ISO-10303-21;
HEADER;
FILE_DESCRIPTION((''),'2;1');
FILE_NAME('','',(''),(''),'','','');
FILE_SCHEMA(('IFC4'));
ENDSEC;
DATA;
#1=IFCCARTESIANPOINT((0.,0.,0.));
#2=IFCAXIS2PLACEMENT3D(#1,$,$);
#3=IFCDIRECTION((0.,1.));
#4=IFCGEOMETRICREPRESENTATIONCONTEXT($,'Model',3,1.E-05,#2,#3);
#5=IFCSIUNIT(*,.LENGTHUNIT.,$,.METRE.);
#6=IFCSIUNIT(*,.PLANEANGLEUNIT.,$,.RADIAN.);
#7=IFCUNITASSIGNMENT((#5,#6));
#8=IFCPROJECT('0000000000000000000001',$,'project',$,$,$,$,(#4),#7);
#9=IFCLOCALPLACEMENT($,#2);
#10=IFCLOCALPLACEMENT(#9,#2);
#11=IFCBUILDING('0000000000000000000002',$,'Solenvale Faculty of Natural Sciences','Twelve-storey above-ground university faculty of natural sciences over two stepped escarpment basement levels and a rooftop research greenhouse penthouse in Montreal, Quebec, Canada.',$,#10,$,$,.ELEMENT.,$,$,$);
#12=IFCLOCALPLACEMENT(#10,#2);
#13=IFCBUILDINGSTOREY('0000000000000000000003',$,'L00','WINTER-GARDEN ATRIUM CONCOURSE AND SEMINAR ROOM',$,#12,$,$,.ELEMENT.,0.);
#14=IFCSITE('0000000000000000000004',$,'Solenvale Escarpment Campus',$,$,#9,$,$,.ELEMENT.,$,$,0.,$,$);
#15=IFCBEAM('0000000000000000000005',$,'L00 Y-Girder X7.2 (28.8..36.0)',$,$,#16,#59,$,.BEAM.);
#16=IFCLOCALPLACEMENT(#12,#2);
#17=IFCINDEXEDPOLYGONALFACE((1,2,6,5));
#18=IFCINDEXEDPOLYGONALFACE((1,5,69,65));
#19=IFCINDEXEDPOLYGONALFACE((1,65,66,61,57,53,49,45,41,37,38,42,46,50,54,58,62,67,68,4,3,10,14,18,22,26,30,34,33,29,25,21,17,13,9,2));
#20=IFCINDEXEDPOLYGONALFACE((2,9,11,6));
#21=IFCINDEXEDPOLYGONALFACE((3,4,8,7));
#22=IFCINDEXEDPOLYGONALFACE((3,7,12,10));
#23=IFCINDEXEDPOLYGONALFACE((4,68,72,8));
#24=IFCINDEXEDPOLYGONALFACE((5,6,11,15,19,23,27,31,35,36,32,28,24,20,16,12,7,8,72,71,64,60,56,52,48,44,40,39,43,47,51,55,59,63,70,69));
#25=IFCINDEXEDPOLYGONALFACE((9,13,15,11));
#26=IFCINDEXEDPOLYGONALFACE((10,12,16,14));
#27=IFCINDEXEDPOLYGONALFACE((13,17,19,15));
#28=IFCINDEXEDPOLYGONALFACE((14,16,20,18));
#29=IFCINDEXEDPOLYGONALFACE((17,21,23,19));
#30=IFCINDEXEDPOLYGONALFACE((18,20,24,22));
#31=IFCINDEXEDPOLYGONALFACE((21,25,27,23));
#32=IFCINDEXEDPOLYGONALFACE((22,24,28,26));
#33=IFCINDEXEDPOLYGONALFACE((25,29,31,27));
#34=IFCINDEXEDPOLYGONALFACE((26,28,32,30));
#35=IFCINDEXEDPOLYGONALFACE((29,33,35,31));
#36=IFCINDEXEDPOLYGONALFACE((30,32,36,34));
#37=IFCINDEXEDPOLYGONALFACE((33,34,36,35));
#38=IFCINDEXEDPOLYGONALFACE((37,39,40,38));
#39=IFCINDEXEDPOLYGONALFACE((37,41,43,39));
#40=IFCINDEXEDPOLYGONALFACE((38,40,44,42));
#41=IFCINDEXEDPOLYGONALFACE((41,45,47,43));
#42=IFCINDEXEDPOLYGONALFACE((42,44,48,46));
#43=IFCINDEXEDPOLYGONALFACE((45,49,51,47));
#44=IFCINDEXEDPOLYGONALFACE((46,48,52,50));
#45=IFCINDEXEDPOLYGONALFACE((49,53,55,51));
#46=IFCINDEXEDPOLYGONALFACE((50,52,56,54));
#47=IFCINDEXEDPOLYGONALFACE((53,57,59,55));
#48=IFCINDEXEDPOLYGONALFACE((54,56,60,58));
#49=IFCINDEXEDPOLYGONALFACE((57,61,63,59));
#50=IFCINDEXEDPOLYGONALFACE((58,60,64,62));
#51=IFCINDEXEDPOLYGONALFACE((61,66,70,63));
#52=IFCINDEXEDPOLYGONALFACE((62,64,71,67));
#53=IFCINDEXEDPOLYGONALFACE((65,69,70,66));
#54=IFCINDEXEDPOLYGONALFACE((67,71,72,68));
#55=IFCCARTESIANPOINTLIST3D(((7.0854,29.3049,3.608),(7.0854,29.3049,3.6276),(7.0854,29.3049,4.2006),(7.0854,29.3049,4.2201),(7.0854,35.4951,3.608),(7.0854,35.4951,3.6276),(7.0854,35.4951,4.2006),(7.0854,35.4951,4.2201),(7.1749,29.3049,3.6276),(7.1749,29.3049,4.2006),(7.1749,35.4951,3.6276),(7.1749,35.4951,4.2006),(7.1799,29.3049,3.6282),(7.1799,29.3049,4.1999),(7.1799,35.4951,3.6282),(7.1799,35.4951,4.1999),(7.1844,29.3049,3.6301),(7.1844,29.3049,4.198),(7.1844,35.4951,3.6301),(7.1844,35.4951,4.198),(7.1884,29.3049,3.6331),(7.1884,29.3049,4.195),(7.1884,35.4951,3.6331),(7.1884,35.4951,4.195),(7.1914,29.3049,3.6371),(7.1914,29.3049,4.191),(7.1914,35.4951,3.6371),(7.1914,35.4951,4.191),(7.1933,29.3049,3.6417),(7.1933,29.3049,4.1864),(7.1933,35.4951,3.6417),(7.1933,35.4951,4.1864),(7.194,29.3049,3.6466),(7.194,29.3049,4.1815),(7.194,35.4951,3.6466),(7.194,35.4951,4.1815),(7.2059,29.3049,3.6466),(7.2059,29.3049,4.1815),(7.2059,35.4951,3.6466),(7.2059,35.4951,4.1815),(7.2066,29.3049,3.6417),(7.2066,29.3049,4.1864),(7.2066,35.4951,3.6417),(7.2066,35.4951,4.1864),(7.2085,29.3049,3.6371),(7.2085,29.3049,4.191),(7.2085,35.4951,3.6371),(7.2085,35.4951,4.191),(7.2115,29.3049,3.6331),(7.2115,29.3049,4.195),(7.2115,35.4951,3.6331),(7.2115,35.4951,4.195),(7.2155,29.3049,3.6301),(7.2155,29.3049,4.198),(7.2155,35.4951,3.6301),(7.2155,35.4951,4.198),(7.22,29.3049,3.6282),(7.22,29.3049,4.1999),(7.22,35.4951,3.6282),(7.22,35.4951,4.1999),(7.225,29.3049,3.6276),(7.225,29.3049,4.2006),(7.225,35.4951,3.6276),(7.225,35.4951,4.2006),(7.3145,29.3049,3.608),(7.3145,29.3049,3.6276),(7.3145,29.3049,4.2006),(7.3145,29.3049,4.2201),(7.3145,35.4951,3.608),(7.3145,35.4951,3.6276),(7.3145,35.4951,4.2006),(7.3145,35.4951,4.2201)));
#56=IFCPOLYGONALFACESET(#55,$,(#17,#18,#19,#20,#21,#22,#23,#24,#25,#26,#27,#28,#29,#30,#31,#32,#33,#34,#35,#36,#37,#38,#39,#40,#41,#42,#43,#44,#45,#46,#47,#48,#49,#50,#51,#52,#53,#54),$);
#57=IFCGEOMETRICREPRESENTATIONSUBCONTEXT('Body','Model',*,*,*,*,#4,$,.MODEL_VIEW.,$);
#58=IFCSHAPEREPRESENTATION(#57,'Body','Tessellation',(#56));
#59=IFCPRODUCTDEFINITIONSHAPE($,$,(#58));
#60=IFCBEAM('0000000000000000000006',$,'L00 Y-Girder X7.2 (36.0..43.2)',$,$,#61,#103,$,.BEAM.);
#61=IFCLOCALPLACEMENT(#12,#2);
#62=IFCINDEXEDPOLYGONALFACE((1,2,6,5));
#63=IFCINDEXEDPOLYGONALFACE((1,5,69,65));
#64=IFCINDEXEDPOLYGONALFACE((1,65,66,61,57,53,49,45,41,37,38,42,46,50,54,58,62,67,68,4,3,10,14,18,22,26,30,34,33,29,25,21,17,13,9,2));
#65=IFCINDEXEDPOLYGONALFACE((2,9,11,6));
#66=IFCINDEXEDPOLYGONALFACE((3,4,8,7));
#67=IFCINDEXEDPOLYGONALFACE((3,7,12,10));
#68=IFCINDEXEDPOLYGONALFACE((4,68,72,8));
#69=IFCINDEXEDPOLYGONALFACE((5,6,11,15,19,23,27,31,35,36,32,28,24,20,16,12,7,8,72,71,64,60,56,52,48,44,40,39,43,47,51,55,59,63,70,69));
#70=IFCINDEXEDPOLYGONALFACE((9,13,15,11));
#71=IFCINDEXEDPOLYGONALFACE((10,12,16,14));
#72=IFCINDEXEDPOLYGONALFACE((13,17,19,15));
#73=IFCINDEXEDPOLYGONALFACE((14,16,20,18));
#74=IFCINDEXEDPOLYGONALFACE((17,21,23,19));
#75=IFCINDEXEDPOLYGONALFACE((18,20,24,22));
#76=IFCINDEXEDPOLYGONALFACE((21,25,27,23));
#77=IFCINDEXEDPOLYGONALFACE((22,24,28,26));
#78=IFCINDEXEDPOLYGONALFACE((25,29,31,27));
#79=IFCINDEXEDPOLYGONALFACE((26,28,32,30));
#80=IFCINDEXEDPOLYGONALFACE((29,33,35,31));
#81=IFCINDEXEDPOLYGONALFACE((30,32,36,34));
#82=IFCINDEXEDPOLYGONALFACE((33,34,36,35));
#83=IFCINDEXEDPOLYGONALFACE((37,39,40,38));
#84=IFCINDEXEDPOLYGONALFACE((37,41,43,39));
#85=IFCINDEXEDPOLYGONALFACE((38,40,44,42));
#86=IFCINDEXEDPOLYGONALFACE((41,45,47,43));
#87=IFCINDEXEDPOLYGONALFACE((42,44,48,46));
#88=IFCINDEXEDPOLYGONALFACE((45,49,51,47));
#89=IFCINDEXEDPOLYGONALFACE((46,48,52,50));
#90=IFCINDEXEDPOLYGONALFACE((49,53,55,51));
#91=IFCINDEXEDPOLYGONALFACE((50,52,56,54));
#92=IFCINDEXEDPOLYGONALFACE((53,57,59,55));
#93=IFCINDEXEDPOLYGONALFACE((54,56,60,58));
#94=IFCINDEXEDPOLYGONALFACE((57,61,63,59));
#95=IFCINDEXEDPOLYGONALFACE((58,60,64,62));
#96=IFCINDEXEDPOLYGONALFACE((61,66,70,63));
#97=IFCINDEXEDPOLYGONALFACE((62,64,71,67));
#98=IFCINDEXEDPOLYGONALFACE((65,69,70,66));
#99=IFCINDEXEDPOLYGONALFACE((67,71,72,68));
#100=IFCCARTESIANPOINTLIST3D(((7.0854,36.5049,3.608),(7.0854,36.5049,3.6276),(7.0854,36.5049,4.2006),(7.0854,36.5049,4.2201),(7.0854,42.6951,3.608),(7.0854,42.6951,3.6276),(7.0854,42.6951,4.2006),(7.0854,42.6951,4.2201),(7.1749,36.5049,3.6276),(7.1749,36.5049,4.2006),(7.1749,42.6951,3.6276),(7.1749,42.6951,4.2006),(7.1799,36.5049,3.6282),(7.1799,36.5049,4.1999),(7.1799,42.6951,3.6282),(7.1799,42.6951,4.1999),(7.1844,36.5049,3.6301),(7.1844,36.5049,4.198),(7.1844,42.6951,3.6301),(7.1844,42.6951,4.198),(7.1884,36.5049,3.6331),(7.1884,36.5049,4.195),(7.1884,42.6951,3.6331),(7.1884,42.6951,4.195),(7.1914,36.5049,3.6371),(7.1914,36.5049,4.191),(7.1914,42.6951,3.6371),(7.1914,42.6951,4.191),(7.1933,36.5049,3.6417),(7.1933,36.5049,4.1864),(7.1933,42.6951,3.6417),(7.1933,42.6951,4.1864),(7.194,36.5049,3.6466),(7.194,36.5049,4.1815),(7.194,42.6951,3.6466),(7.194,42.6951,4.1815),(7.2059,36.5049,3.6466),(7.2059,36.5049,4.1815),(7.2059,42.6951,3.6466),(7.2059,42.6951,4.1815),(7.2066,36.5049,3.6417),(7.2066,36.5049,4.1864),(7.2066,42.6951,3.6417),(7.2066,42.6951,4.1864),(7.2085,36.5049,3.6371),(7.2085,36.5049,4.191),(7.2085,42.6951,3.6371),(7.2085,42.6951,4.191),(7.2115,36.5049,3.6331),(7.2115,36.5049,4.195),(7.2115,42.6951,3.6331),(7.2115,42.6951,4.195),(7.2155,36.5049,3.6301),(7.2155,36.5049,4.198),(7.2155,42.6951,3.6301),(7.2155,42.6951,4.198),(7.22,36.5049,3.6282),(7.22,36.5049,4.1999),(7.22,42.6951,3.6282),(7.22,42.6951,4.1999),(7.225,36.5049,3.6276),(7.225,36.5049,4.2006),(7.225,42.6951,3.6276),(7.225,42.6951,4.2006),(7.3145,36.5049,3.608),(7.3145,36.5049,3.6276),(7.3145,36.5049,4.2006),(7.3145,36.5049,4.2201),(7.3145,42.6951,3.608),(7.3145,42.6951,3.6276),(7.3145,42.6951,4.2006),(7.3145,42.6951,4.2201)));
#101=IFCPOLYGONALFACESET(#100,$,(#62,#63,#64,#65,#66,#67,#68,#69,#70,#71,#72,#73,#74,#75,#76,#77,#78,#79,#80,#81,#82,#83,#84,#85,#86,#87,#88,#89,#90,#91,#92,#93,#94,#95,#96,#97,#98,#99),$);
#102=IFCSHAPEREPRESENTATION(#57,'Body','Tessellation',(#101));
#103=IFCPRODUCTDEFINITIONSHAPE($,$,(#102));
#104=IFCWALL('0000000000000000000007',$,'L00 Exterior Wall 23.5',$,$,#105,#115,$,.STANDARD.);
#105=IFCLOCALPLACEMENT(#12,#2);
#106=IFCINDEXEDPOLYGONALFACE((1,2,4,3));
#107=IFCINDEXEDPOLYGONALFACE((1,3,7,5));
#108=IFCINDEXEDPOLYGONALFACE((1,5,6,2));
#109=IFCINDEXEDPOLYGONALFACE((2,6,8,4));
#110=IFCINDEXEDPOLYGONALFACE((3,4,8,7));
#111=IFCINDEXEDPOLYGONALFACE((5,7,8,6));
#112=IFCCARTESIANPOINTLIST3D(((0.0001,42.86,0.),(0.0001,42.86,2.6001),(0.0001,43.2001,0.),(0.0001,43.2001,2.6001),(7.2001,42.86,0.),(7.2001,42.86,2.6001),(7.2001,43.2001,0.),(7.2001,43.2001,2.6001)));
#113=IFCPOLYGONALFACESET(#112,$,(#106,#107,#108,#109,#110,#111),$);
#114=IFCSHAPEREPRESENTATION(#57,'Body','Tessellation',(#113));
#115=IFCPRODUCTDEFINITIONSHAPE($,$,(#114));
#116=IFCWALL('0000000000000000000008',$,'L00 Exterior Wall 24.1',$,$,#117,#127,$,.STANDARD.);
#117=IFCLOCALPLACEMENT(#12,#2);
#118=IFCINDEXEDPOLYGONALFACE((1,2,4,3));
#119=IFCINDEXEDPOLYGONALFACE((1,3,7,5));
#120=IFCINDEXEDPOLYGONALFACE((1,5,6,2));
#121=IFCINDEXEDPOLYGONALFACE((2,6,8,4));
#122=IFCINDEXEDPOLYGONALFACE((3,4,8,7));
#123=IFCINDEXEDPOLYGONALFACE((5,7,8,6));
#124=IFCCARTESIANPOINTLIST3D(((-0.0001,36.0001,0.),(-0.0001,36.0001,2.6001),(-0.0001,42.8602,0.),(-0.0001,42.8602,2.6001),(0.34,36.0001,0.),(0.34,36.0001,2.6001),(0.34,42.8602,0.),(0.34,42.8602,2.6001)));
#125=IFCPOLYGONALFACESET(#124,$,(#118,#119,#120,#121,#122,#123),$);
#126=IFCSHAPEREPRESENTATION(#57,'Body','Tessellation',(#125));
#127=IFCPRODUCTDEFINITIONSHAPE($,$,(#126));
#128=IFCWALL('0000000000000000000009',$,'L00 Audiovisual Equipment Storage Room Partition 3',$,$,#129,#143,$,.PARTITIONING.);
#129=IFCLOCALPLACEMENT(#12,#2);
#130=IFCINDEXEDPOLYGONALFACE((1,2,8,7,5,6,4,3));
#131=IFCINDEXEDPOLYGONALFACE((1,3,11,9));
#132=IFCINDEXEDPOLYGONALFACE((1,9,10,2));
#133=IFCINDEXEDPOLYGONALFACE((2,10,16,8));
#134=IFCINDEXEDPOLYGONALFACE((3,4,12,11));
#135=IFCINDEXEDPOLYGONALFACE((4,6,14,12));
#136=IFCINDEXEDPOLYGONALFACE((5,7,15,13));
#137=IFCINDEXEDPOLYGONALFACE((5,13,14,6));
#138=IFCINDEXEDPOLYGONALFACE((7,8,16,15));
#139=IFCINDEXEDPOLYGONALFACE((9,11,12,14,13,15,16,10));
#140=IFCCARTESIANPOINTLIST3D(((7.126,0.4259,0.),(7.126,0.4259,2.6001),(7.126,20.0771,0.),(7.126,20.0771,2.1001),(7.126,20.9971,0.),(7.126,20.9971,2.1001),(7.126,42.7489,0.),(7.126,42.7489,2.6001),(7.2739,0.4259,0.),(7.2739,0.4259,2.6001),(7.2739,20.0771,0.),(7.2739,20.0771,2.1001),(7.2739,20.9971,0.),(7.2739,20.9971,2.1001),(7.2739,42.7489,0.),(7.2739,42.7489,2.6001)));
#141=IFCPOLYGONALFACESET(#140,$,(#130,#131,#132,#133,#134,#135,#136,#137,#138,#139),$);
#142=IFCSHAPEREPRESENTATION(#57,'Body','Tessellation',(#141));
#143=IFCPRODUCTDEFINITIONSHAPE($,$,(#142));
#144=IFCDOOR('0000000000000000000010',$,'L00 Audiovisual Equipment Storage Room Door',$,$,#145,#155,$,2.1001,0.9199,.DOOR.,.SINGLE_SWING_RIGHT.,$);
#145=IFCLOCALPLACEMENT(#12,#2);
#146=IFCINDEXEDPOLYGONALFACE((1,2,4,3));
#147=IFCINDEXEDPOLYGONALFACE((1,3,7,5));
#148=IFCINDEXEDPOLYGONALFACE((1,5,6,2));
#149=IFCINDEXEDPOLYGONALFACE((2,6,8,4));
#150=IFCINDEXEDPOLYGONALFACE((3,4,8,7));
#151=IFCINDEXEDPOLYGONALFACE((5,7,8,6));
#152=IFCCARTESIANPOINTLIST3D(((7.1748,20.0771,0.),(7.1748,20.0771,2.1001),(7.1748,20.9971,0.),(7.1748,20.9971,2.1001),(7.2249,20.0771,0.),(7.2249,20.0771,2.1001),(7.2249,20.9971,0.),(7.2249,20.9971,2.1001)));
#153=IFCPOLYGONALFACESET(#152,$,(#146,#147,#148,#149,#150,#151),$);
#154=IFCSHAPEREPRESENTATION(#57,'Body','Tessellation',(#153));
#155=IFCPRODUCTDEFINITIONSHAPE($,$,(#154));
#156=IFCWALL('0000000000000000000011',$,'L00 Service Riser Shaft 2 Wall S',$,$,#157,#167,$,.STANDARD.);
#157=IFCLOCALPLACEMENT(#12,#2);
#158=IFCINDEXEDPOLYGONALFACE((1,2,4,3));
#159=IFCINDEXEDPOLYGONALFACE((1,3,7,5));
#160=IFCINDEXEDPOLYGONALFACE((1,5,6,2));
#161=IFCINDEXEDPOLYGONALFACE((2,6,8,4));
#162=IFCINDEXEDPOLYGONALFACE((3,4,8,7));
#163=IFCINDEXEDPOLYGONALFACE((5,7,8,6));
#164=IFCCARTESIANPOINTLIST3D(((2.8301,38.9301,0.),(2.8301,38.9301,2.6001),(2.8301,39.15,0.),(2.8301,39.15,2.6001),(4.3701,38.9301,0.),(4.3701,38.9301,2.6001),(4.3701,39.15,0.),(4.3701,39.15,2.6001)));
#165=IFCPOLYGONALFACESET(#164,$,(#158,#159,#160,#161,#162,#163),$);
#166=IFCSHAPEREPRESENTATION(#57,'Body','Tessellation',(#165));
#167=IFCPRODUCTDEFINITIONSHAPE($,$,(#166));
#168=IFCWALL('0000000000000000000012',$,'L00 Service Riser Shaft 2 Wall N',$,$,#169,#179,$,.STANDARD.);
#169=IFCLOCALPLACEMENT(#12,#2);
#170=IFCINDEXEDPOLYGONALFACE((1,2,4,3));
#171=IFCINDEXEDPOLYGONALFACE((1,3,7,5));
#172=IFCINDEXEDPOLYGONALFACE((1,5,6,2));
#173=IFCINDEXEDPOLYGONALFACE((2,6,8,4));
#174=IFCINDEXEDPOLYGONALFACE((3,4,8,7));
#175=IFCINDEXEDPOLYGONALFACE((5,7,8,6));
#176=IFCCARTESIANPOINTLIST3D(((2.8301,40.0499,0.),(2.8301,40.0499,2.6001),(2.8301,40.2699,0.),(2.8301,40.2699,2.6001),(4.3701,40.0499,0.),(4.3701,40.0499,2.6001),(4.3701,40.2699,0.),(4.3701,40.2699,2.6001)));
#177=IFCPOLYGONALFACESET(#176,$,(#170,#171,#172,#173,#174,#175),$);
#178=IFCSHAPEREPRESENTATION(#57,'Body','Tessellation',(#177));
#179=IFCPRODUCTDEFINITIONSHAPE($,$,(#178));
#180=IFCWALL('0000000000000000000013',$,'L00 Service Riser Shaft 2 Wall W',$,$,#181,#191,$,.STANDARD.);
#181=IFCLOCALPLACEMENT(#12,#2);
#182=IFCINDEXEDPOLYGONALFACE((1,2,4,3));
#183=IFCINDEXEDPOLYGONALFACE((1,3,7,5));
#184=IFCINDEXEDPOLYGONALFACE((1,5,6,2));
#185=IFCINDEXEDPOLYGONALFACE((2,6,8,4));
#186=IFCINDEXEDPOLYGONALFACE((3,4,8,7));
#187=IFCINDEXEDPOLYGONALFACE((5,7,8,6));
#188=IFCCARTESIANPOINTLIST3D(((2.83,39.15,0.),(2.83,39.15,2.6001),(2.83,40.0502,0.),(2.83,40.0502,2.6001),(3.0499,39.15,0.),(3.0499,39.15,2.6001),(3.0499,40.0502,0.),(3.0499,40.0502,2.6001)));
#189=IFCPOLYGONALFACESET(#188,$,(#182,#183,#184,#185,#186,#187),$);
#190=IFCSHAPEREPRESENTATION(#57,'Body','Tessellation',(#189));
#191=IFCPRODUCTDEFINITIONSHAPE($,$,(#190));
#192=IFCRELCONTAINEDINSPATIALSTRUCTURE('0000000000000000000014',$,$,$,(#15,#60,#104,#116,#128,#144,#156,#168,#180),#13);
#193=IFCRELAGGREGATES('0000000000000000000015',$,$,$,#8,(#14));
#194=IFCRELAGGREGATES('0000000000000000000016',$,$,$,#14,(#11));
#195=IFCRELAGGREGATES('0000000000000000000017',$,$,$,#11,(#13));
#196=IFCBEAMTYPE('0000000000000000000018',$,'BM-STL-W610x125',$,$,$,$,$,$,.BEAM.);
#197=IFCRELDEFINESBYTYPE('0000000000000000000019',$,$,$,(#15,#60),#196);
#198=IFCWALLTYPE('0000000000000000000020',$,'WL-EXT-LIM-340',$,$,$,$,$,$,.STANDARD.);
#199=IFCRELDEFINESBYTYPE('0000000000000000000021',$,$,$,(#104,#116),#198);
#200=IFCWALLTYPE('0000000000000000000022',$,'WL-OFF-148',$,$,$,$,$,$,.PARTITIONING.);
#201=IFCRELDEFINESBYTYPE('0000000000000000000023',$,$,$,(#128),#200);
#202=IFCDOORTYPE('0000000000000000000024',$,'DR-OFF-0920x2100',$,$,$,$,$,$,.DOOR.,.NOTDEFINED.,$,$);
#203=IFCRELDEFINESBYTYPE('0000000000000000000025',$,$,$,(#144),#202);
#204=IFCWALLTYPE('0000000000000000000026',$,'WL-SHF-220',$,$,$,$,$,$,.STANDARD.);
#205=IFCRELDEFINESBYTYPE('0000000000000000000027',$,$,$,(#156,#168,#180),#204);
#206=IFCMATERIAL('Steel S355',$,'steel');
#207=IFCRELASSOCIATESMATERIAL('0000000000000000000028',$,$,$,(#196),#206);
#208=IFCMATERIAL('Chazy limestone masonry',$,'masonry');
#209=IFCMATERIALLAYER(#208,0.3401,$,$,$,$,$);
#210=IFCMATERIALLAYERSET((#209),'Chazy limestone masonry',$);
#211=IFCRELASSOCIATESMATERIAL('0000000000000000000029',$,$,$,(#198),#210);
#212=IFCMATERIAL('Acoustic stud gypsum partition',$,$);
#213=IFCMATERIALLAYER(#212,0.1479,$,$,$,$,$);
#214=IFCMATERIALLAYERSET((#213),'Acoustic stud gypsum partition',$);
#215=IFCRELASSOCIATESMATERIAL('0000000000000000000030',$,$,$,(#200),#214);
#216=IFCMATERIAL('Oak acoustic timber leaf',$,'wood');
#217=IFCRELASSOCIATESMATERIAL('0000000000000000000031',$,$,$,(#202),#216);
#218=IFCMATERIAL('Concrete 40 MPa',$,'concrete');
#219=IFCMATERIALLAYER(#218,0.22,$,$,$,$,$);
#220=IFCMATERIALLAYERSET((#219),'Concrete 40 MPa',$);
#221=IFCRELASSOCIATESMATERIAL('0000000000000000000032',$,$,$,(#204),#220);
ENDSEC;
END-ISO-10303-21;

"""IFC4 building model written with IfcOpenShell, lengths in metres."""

from ifc_helpers import new_model, si_unit, direction, frame, frame_2d, origin, origin_2d, place, context, subcontext, project, spatial, rectangle, i_section, extrude, material, layer, layer_set, material_profile, profile_set, type_object, element, fill, save


model = new_model("IFC4")

# Units and contexts
model_context = context("Model", 3, precision=1e-05, world=origin(), true_north=direction((0.0, 1.0)))
body_context = subcontext(model_context, "Body", "Model", "MODEL_VIEW")
ifc_project = project(units=[si_unit("LENGTHUNIT", "METRE"), si_unit("PLANEANGLEUNIT", "RADIAN")], contexts=[model_context])

# Site, building, storey
site_placement = place(None, origin())
site = spatial("IfcSite", under=ifc_project, at=site_placement, Name="Solenvale Escarpment Campus", CompositionType="ELEMENT", RefElevation=0.0)
building_placement = place(site_placement, origin())
building = spatial("IfcBuilding", under=site, at=building_placement, Name="Solenvale Faculty of Natural Sciences", Description="Twelve-storey above-ground university faculty of natural sciences over two stepped escarpment basement levels and a rooftop research greenhouse penthouse in Montreal, Quebec, Canada.", CompositionType="ELEMENT")
storey_placement = place(building_placement, origin())
storey = spatial("IfcBuildingStorey", under=building, at=storey_placement, Name="L00", Description="WINTER-GARDEN ATRIUM CONCOURSE AND SEMINAR ROOM", CompositionType="ELEMENT", Elevation=0.0)

# Beams
ifc_material_1 = material(Name="Concrete 40 MPa", Category="concrete")
ifc_material_2 = material(Name="Steel S355", Category="steel")
ifc_material_profile_1 = material_profile(ifc_material_2, i_section(OverallWidth=0.229, OverallDepth=0.6121, WebThickness=0.012, FlangeThickness=0.0195, FilletRadius=0.019, at=origin_2d()), Name="W610x125")
ifc_profile_set_1 = profile_set([ifc_material_profile_1], Name="Steel S355")
beam_type_1 = type_object("IfcBeamType", Name="BM-STL-W610x125", PredefinedType="BEAM", material=ifc_profile_set_1)
for number, where, z_axis, x_axis, name in (
    (1, (7.2, 29.3049, 3.9141), (0.0, 1.0, 0.0), (-1.0, 0.0, 0.0), "L00 Y-Girder X7.2 (28.8..36.0)"),
    (2, (7.2, 36.5049, 3.9141), (0.0, 1.0, 0.0), (-1.0, 0.0, 0.0), "L00 Y-Girder X7.2 (36.0..43.2)"),
):
    element("IfcBeam", number, at=place(storey_placement, frame(where, z_axis=z_axis, x_axis=x_axis)), inside=storey, type_object=beam_type_1, Name=name, PredefinedType="BEAM", context=body_context, shape_type="SweptSolid", body=[
        extrude(i_section(OverallWidth=0.229, OverallDepth=0.6121, WebThickness=0.012, FlangeThickness=0.0195, FilletRadius=0.019, at=origin_2d()), origin(), (0.0, 0.0, 1.0), 6.1902),
    ])

# Walls
ifc_material_3 = material(Name="Chazy limestone masonry", Category="masonry")
ifc_layer_1 = layer(ifc_material_3, 0.3401)
ifc_layer_set_1 = layer_set([ifc_layer_1], Name="Chazy limestone masonry")
wall_type_1 = type_object("IfcWallType", Name="WL-EXT-LIM-340", PredefinedType="STANDARD", material=ifc_layer_set_1)
wall_1_placement = place(storey_placement, frame((0.0, 43.03, 0.0), z_axis=(0.0, 0.0, 1.0), x_axis=(1.0, 0.0, 0.0)))
element("IfcWall", 3, at=wall_1_placement, inside=storey, type_object=wall_type_1, Name="L00 Exterior Wall 23.5", PredefinedType="STANDARD", context=body_context, shape_type="SweptSolid", body=[
    extrude(rectangle(XDim=7.2, YDim=0.3401, at=frame_2d((3.6001, 0.0))), origin(), (0.0, 0.0, 1.0), 2.6001),
])
wall_2_placement = place(storey_placement, frame((0.1699, 36.0, 0.0), z_axis=(0.0, 0.0, 1.0), x_axis=(0.0, 1.0, 0.0)))
element("IfcWall", 4, at=wall_2_placement, inside=storey, type_object=wall_type_1, Name="L00 Exterior Wall 24.1", PredefinedType="STANDARD", context=body_context, shape_type="SweptSolid", body=[
    extrude(rectangle(XDim=6.8601, YDim=0.3401, at=frame_2d((3.4302, 0.0))), origin(), (0.0, 0.0, 1.0), 2.6001),
])

# Wall, opening, door
ifc_material_4 = material(Name="Acoustic stud gypsum partition")
ifc_layer_2 = layer(ifc_material_4, 0.1479)
ifc_layer_set_2 = layer_set([ifc_layer_2], Name="Acoustic stud gypsum partition")
wall_type_2 = type_object("IfcWallType", Name="WL-OFF-148", PredefinedType="PARTITIONING", material=ifc_layer_set_2)
wall_3_placement = place(storey_placement, frame((7.2, 42.749, 0.0), z_axis=(0.0, 0.0, 1.0), x_axis=(0.0, -1.0, 0.0)))
wall_3 = element("IfcWall", 5, at=wall_3_placement, inside=storey, type_object=wall_type_2, Name="L00 Audiovisual Equipment Storage Room Partition 3", PredefinedType="PARTITIONING", context=body_context, shape_type="SweptSolid", body=[
    extrude(rectangle(XDim=42.323, YDim=0.1479, at=frame_2d((21.1616, 0.0))), origin(), (0.0, 0.0, 1.0), 2.6001),
])
opening_placement = place(wall_3_placement, frame((21.752, 0.0, 0.0)))
opening = element("IfcOpeningElement", 6, at=opening_placement, cuts=wall_3, PredefinedType="OPENING", context=body_context, shape_type="SweptSolid", body=[
    extrude(rectangle(XDim=0.9199, YDim=2.1001, at=frame_2d((0.46, 1.05))), frame((0.0, 0.084, 0.0), z_axis=(0.0, -1.0, 0.0), x_axis=(1.0, 0.0, 0.0)), (0.0, 0.0, 1.0), 0.168),
])
ifc_material_5 = material(Name="Oak acoustic timber leaf", Category="wood")
door_type = type_object("IfcDoorType", Name="DR-OFF-0920x2100", OperationType="NOTDEFINED", PredefinedType="DOOR", material=ifc_material_5)
door_placement = place(opening_placement, origin())
door = element("IfcDoor", 7, at=door_placement, inside=storey, type_object=door_type, Name="L00 Audiovisual Equipment Storage Room Door", OperationType="SINGLE_SWING_RIGHT", OverallHeight=2.1001, OverallWidth=0.9199, PredefinedType="DOOR", context=body_context, shape_type="SweptSolid", body=[
    extrude(rectangle(XDim=0.9199, YDim=2.1001, at=frame_2d((0.46, 1.05))), frame((0.0, 0.0249, 0.0), z_axis=(0.0, -1.0, 0.0), x_axis=(1.0, 0.0, 0.0)), (0.0, 0.0, 1.0), 0.05),
])
fill(opening, door)

# Walls
ifc_layer_3 = layer(ifc_material_1, 0.22)
ifc_layer_set_3 = layer_set([ifc_layer_3], Name="Concrete 40 MPa")
wall_type_3 = type_object("IfcWallType", Name="WL-SHF-220", PredefinedType="STANDARD", material=ifc_layer_set_3)
for number, where, z_axis, x_axis, name in (
    (8, (2.8301, 39.04, 0.0), (0.0, 0.0, 1.0), (1.0, 0.0, 0.0), "L00 Service Riser Shaft 2 Wall S"),
    (9, (2.8301, 40.1599, 0.0), (0.0, 0.0, 1.0), (1.0, 0.0, 0.0), "L00 Service Riser Shaft 2 Wall N"),
):
    element("IfcWall", number, at=place(storey_placement, frame(where, z_axis=z_axis, x_axis=x_axis)), inside=storey, type_object=wall_type_3, Name=name, PredefinedType="STANDARD", context=body_context, shape_type="SweptSolid", body=[
        extrude(rectangle(XDim=1.54, YDim=0.22, at=frame_2d((0.77, 0.0))), origin(), (0.0, 0.0, 1.0), 2.6001),
    ])
for number, where, z_axis, x_axis, name in (
    (10, (2.9399, 39.1499, 0.0), (0.0, 0.0, 1.0), (0.0, 1.0, 0.0), "L00 Service Riser Shaft 2 Wall W"),
):
    element("IfcWall", number, at=place(storey_placement, frame(where, z_axis=z_axis, x_axis=x_axis)), inside=storey, type_object=wall_type_3, Name=name, PredefinedType="STANDARD", context=body_context, shape_type="SweptSolid", body=[
        extrude(rectangle(XDim=0.9001, YDim=0.22, at=frame_2d((0.4502, 0.0))), origin(), (0.0, 0.0, 1.0), 2.6001),
    ])

save(model, "model.ifc")
